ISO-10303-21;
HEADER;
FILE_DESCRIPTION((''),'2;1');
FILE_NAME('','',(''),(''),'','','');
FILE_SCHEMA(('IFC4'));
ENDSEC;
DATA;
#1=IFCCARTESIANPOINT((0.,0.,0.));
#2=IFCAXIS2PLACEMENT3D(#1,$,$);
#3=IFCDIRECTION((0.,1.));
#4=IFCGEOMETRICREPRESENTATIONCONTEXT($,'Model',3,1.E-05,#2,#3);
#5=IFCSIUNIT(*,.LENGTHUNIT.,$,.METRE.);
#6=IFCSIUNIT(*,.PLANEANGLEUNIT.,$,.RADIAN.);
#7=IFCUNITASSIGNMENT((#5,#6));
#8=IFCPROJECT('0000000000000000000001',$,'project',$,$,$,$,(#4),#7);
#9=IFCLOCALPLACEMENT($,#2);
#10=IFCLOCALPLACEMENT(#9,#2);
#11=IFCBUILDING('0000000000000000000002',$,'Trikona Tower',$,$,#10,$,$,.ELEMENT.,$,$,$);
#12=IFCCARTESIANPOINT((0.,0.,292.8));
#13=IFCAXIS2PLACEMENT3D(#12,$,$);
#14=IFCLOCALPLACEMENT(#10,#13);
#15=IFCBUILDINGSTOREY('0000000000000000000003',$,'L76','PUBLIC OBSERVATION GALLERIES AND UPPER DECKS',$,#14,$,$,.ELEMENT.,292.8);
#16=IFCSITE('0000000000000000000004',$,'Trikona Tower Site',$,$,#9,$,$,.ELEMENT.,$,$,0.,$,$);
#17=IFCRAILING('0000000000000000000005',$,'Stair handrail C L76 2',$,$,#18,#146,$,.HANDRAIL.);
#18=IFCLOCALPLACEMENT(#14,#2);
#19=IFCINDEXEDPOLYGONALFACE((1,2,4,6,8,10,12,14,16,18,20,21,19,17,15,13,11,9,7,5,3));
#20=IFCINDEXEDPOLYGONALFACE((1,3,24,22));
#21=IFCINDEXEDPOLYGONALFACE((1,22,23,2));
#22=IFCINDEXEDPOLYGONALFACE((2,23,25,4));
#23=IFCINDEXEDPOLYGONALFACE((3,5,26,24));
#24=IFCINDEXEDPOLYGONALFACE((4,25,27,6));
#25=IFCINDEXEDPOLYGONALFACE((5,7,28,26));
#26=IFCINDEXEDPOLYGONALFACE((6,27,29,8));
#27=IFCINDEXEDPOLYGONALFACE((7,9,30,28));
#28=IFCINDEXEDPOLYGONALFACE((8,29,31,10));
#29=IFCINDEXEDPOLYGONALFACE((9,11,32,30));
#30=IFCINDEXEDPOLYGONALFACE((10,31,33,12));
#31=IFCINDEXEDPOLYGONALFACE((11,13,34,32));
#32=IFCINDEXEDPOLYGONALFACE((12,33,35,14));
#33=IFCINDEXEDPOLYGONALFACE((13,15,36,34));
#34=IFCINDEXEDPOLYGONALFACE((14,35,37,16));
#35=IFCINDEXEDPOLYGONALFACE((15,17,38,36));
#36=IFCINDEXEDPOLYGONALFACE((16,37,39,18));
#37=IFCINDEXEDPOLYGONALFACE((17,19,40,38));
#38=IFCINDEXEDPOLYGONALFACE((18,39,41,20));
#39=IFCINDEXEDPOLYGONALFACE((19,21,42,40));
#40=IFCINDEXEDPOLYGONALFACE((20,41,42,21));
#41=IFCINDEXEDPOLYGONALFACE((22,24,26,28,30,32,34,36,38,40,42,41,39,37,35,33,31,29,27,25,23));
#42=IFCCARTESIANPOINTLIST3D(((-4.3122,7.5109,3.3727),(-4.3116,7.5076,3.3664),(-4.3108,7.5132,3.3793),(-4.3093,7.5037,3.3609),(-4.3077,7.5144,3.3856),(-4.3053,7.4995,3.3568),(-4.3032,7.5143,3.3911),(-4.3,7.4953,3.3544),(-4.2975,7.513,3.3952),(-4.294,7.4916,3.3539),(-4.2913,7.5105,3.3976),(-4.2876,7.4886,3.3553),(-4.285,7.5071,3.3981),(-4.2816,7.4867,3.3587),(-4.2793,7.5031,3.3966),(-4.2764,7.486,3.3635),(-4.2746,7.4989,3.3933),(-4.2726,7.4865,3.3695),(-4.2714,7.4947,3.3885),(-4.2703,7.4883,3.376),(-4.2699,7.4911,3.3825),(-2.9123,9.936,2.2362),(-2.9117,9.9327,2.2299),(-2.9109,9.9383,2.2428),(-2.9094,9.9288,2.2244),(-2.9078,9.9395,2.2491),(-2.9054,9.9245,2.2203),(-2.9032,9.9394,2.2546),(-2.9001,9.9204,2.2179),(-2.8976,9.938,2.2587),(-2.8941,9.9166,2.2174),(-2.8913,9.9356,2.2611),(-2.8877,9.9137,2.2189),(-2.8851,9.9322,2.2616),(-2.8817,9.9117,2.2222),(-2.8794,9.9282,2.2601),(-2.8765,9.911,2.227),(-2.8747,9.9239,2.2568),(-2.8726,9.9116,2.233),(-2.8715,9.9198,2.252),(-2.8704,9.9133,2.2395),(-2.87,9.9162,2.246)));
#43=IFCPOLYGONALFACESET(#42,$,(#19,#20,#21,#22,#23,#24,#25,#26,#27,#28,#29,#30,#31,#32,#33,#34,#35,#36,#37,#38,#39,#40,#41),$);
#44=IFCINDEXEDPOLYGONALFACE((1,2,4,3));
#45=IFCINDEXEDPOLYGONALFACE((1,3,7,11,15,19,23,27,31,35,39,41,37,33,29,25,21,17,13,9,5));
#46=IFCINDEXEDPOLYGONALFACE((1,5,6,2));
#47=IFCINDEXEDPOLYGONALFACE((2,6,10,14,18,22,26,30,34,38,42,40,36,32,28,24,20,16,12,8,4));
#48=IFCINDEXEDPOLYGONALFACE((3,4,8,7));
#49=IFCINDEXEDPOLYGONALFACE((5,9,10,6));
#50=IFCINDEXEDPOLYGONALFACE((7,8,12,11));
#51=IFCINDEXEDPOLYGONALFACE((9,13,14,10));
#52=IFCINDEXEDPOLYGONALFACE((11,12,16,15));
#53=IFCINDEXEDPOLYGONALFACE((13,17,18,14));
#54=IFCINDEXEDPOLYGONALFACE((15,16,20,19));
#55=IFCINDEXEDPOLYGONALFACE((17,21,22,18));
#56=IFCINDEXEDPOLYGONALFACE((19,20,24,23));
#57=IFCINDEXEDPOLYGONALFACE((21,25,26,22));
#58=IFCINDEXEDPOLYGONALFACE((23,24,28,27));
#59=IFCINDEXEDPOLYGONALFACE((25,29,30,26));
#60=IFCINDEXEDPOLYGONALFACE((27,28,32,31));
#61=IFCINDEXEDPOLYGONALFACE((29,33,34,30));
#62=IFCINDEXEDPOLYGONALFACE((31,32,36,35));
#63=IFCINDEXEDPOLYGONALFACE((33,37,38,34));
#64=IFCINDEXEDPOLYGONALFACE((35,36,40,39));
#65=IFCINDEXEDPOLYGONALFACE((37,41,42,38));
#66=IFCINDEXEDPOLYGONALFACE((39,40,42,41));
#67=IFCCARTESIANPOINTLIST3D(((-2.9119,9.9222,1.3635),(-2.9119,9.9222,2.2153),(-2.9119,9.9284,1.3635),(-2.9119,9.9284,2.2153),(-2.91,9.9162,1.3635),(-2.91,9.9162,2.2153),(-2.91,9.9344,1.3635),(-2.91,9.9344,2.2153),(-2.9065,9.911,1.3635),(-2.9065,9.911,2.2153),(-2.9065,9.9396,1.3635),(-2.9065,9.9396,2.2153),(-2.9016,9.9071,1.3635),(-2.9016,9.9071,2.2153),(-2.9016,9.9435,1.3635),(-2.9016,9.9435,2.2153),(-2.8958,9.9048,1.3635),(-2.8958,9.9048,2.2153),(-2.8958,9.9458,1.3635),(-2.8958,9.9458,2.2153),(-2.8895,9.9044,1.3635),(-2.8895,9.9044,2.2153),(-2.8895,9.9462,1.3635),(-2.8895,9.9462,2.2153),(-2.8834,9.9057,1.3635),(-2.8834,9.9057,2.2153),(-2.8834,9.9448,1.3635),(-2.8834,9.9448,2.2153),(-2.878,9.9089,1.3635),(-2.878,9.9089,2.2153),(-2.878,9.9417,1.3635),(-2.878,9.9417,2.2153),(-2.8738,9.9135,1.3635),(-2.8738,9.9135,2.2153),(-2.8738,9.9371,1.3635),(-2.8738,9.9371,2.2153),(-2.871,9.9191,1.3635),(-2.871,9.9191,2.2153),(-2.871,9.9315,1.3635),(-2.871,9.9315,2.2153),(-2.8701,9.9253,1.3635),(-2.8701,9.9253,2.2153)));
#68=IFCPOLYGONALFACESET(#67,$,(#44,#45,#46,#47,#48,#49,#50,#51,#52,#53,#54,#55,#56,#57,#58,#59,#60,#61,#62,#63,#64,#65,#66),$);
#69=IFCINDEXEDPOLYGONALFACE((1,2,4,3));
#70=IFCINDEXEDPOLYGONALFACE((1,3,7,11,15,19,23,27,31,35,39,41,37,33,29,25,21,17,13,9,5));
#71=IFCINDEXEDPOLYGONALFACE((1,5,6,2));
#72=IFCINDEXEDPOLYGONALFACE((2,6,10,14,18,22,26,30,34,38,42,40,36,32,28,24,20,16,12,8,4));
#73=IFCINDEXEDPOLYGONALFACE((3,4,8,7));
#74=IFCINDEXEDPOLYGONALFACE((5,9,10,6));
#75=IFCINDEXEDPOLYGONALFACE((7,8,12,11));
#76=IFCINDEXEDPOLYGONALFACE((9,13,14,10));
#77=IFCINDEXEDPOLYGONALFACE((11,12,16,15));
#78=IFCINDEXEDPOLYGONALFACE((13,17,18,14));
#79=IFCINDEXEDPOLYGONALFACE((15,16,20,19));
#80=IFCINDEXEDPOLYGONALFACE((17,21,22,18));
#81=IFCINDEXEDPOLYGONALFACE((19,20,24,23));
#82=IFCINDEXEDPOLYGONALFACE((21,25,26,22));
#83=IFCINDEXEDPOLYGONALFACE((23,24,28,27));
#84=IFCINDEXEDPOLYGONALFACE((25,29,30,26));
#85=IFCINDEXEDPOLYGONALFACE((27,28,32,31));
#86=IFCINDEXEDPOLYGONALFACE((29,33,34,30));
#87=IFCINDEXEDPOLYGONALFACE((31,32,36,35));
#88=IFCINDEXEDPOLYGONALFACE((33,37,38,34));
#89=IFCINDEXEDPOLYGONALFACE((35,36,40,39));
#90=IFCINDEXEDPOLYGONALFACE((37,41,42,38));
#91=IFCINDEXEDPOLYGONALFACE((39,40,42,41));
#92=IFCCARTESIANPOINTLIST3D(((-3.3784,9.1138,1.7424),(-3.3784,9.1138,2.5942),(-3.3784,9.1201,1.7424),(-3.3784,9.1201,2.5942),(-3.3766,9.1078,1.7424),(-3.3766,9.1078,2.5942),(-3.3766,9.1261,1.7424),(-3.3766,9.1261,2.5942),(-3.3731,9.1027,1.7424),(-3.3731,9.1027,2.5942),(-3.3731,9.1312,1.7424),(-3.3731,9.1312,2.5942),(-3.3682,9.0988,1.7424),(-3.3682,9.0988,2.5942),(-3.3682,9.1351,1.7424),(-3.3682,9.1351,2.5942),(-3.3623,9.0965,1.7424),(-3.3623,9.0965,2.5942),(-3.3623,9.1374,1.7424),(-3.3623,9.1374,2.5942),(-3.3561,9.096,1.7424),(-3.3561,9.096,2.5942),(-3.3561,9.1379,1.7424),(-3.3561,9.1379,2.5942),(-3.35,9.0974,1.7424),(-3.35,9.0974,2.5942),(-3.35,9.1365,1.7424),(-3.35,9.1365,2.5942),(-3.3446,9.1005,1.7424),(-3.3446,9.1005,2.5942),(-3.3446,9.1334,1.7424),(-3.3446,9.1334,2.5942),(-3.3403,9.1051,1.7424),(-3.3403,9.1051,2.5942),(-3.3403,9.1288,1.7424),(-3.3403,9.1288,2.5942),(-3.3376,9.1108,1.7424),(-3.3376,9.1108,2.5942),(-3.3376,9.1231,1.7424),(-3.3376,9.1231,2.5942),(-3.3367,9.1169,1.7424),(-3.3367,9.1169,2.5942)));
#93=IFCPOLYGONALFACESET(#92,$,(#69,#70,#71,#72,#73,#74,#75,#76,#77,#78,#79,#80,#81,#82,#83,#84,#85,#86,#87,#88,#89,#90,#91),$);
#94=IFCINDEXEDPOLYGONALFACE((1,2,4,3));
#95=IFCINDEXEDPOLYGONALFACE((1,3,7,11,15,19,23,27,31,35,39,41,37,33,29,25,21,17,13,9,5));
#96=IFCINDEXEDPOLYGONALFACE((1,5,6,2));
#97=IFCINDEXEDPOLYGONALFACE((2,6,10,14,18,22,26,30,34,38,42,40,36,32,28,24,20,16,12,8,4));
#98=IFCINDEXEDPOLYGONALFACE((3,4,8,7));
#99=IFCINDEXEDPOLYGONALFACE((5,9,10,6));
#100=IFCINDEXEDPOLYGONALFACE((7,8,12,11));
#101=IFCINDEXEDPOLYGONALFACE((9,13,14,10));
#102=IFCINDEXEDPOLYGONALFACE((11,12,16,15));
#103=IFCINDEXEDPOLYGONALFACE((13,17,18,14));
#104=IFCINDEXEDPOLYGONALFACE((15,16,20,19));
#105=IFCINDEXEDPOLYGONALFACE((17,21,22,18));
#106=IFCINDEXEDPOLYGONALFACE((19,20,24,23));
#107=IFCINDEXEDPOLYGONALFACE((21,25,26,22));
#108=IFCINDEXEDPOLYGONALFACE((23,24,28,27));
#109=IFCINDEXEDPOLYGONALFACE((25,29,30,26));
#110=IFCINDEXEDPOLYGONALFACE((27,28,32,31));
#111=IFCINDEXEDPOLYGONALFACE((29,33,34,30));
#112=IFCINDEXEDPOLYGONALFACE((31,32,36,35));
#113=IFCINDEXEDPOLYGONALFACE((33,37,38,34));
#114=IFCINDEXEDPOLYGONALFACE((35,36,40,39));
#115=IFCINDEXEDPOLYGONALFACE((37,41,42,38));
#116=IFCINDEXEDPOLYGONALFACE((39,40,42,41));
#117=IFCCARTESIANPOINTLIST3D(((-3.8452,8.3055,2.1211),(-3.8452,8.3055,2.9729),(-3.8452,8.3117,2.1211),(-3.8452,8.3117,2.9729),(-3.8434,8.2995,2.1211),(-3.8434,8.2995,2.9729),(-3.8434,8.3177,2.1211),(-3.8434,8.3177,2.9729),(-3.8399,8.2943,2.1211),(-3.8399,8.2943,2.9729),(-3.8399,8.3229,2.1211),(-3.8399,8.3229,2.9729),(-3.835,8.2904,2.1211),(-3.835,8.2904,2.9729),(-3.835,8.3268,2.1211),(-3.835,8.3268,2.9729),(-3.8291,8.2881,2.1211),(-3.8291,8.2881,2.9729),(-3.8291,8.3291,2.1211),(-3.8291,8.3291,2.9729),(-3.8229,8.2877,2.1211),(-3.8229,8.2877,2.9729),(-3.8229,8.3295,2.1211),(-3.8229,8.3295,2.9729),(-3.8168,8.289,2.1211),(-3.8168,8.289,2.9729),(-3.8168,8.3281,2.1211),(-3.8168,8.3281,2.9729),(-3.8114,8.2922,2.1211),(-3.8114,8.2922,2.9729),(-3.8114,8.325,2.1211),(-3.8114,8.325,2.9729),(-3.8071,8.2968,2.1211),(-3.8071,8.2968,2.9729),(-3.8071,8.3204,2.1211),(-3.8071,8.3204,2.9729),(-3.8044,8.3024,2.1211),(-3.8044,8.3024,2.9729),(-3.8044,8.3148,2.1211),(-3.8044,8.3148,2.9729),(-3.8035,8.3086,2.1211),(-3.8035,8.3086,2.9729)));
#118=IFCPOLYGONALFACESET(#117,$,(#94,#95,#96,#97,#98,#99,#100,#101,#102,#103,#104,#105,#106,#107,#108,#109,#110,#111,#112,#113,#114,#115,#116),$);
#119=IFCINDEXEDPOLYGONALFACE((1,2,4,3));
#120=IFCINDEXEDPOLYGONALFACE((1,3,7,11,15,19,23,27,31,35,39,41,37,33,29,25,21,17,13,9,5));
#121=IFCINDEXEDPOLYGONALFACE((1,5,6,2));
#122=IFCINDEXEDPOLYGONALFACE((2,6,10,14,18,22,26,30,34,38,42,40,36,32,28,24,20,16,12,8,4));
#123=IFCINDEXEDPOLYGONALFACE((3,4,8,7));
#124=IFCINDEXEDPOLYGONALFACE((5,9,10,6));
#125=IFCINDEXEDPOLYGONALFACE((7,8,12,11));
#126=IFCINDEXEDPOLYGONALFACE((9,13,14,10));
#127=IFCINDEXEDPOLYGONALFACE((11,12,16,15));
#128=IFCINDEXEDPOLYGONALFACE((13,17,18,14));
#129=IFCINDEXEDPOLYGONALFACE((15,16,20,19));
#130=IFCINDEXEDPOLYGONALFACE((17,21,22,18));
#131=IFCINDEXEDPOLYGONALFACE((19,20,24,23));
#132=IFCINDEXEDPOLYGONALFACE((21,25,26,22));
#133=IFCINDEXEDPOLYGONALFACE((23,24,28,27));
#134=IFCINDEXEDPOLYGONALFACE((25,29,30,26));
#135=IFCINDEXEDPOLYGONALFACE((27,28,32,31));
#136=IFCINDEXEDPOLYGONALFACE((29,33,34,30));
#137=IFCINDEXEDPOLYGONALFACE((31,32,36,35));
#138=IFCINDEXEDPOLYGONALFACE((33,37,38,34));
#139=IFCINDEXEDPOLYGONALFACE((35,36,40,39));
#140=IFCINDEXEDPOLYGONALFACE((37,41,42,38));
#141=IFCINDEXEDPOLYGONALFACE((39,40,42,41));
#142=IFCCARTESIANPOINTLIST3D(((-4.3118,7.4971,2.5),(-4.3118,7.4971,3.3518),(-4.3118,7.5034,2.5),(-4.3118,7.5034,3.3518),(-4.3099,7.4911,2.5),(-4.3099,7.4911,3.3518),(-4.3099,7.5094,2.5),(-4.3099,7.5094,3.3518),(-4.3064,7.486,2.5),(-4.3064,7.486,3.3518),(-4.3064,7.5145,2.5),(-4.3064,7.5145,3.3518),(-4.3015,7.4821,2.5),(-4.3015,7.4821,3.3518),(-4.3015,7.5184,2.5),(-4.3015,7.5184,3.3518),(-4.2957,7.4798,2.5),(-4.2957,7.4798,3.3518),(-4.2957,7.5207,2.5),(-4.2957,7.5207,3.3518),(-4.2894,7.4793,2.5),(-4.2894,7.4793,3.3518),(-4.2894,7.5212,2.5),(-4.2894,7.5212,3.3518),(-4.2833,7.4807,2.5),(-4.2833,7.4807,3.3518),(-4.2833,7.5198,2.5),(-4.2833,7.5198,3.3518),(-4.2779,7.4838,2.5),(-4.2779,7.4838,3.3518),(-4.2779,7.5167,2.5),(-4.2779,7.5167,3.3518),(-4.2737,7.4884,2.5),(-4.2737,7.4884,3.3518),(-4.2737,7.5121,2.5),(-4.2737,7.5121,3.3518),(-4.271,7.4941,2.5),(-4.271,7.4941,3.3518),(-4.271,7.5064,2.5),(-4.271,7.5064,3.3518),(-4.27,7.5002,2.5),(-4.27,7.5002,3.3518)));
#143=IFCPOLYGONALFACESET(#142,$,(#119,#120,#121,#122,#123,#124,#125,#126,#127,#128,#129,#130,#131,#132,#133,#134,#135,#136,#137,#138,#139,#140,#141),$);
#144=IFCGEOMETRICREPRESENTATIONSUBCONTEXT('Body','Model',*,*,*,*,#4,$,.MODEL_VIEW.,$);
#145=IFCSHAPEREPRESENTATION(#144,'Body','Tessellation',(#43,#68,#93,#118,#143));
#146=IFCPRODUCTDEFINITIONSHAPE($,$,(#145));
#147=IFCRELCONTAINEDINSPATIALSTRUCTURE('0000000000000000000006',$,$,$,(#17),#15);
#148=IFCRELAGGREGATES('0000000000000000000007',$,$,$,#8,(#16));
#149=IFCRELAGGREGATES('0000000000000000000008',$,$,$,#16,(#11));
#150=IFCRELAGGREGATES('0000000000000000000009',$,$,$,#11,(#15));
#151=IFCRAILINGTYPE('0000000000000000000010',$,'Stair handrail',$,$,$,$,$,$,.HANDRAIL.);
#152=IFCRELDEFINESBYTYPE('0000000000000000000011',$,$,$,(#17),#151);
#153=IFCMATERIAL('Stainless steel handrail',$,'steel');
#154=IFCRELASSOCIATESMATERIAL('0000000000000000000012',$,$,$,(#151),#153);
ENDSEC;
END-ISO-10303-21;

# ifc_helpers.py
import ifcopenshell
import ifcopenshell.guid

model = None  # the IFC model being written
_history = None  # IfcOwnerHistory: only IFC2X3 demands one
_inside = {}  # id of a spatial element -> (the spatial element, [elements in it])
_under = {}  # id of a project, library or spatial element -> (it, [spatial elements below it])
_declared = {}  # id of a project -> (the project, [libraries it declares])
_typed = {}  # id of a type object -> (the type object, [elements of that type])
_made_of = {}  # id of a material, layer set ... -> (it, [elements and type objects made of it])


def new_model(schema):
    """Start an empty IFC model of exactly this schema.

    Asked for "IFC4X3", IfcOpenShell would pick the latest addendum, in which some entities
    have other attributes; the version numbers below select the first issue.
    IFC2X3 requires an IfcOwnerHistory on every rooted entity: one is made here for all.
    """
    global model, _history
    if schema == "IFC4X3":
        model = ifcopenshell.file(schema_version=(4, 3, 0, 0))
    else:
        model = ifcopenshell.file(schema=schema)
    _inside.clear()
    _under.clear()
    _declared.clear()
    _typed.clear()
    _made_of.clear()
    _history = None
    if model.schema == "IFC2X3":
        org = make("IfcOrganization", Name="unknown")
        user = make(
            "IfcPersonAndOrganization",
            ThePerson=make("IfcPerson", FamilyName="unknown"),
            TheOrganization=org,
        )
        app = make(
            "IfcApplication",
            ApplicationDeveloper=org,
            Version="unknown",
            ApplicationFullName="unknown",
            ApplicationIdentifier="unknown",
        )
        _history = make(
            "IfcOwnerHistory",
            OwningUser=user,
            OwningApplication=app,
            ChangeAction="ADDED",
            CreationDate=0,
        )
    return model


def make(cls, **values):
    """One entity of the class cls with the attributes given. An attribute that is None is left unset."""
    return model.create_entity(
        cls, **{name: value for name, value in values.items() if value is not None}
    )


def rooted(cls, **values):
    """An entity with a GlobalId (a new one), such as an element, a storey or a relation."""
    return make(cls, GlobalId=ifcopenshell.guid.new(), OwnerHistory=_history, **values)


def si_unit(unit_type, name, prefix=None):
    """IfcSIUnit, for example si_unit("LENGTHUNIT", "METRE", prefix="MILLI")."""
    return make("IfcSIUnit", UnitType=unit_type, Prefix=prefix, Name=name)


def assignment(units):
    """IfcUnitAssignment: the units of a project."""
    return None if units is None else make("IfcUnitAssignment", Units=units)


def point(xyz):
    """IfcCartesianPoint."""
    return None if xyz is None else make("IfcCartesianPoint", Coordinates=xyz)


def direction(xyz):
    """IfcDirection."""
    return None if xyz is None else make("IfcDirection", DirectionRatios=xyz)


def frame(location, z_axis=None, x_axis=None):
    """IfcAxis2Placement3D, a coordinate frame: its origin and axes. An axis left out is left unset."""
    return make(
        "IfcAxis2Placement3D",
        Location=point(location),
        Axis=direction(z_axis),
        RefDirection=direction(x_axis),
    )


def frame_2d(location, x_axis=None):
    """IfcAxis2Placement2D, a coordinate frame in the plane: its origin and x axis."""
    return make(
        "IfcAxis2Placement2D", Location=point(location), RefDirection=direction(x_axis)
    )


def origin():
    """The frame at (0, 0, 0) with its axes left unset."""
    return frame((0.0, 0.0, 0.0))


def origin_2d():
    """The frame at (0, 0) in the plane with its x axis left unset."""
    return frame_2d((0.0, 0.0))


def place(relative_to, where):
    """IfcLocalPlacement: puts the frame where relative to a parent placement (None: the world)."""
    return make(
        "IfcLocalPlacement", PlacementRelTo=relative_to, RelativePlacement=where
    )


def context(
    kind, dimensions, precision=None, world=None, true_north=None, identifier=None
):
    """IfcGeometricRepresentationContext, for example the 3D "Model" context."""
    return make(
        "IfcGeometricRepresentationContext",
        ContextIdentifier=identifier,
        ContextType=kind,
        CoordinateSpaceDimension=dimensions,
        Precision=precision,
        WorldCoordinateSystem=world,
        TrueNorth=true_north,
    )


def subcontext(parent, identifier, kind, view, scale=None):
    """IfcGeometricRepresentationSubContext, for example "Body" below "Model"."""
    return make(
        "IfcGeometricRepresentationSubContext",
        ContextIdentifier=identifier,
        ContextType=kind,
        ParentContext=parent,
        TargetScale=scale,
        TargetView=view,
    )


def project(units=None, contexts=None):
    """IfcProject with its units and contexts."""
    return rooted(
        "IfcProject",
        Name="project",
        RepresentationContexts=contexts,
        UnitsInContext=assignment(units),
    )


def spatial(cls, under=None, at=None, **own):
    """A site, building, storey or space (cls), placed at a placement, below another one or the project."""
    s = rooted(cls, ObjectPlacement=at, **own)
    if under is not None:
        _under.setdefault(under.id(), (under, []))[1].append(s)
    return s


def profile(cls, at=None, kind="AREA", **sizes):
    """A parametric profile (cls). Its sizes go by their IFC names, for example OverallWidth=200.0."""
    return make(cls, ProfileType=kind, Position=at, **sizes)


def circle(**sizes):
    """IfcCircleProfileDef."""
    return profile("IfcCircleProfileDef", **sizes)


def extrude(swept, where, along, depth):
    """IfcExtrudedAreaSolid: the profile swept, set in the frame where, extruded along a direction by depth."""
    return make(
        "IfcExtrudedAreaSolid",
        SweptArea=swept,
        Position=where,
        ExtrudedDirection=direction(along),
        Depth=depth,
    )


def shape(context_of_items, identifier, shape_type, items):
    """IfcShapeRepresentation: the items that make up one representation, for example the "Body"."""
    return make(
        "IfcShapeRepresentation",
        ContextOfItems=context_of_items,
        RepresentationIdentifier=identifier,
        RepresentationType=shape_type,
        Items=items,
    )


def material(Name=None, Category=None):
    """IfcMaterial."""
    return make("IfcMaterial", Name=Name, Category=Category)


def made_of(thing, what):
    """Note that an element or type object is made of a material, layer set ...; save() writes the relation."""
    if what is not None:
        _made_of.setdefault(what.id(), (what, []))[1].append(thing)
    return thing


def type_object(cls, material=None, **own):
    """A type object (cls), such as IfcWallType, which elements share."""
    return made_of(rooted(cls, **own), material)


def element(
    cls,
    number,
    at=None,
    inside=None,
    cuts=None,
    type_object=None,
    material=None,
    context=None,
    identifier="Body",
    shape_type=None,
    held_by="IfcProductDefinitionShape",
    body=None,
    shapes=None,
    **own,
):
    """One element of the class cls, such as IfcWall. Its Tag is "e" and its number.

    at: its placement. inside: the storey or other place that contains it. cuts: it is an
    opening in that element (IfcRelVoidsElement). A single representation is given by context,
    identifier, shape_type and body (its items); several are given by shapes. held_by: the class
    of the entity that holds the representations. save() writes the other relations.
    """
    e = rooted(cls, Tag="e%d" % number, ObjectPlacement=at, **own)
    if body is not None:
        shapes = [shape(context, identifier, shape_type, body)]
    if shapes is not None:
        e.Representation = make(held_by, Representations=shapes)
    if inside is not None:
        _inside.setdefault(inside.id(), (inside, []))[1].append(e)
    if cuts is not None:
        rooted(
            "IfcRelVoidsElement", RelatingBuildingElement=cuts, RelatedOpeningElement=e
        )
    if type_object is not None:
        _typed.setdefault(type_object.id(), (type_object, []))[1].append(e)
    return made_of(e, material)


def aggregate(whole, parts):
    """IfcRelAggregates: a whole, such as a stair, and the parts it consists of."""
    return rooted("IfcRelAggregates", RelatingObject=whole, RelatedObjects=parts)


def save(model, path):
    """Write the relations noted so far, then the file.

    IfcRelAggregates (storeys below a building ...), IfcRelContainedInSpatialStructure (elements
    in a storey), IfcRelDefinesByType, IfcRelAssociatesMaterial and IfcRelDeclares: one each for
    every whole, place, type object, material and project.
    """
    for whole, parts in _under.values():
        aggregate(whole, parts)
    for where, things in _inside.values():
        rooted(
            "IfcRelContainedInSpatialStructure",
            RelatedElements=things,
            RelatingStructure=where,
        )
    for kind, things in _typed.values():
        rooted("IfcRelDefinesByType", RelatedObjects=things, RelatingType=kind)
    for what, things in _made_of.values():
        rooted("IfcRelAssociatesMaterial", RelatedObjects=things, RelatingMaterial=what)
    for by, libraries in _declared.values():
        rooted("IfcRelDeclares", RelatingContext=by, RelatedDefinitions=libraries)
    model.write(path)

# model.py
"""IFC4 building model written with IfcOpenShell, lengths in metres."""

from ifc_helpers import new_model, si_unit, direction, frame, origin, origin_2d, place, context, subcontext, project, spatial, circle, extrude, material, type_object, element, save


model = new_model("IFC4")

# Units and contexts
model_context = context("Model", 3, precision=1e-05, world=origin(), true_north=direction((0.0, 1.0)))
body_context = subcontext(model_context, "Body", "Model", "MODEL_VIEW")
ifc_project = project(units=[si_unit("LENGTHUNIT", "METRE"), si_unit("PLANEANGLEUNIT", "RADIAN")], contexts=[model_context])

# Site, building, storey
site_placement = place(None, origin())
site = spatial("IfcSite", under=ifc_project, at=site_placement, Name="Trikona Tower Site", CompositionType="ELEMENT", RefElevation=0.0)
building_placement = place(site_placement, origin())
building = spatial("IfcBuilding", under=site, at=building_placement, Name="Trikona Tower", CompositionType="ELEMENT")
storey_placement = place(building_placement, frame((0.0, 0.0, 292.8)))
storey = spatial("IfcBuildingStorey", under=building, at=storey_placement, Name="L76", Description="PUBLIC OBSERVATION GALLERIES AND UPPER DECKS", CompositionType="ELEMENT", Elevation=292.8)

# Railing
ifc_material_1 = material(Name="Stainless steel handrail", Category="steel")
railing_type = type_object("IfcRailingType", Name="Stair handrail", PredefinedType="HANDRAIL", material=ifc_material_1)
railing_1_placement = place(storey_placement, frame((-2.8911, 9.9253, 1.3635)))
element("IfcRailing", 1, at=railing_1_placement, inside=storey, type_object=railing_type, Name="Stair handrail C L76 2", PredefinedType="HANDRAIL", context=body_context, shape_type="SweptSolid", body=[
    extrude(circle(Radius=0.0239, at=origin_2d()), frame((0.0, 0.0, 0.876), z_axis=(-0.463245, -0.802479, 0.376074), x_axis=(0.866056, -0.499946, 0.0)), (0.0, 0.0, 1.0), 3.022),
    extrude(circle(Radius=0.021, at=origin_2d()), origin(), (0.0, 0.0, 1.0), 0.8518),
    extrude(circle(Radius=0.021, at=origin_2d()), frame((-0.4666, -0.8083, 0.3789)), (0.0, 0.0, 1.0), 0.8518),
    extrude(circle(Radius=0.021, at=origin_2d()), frame((-0.9333, -1.6167, 0.7576)), (0.0, 0.0, 1.0), 0.8518),
    extrude(circle(Radius=0.021, at=origin_2d()), frame((-1.3999, -2.425, 1.1365)), (0.0, 0.0, 1.0), 0.8518),
])

save(model, "model.ifc")
